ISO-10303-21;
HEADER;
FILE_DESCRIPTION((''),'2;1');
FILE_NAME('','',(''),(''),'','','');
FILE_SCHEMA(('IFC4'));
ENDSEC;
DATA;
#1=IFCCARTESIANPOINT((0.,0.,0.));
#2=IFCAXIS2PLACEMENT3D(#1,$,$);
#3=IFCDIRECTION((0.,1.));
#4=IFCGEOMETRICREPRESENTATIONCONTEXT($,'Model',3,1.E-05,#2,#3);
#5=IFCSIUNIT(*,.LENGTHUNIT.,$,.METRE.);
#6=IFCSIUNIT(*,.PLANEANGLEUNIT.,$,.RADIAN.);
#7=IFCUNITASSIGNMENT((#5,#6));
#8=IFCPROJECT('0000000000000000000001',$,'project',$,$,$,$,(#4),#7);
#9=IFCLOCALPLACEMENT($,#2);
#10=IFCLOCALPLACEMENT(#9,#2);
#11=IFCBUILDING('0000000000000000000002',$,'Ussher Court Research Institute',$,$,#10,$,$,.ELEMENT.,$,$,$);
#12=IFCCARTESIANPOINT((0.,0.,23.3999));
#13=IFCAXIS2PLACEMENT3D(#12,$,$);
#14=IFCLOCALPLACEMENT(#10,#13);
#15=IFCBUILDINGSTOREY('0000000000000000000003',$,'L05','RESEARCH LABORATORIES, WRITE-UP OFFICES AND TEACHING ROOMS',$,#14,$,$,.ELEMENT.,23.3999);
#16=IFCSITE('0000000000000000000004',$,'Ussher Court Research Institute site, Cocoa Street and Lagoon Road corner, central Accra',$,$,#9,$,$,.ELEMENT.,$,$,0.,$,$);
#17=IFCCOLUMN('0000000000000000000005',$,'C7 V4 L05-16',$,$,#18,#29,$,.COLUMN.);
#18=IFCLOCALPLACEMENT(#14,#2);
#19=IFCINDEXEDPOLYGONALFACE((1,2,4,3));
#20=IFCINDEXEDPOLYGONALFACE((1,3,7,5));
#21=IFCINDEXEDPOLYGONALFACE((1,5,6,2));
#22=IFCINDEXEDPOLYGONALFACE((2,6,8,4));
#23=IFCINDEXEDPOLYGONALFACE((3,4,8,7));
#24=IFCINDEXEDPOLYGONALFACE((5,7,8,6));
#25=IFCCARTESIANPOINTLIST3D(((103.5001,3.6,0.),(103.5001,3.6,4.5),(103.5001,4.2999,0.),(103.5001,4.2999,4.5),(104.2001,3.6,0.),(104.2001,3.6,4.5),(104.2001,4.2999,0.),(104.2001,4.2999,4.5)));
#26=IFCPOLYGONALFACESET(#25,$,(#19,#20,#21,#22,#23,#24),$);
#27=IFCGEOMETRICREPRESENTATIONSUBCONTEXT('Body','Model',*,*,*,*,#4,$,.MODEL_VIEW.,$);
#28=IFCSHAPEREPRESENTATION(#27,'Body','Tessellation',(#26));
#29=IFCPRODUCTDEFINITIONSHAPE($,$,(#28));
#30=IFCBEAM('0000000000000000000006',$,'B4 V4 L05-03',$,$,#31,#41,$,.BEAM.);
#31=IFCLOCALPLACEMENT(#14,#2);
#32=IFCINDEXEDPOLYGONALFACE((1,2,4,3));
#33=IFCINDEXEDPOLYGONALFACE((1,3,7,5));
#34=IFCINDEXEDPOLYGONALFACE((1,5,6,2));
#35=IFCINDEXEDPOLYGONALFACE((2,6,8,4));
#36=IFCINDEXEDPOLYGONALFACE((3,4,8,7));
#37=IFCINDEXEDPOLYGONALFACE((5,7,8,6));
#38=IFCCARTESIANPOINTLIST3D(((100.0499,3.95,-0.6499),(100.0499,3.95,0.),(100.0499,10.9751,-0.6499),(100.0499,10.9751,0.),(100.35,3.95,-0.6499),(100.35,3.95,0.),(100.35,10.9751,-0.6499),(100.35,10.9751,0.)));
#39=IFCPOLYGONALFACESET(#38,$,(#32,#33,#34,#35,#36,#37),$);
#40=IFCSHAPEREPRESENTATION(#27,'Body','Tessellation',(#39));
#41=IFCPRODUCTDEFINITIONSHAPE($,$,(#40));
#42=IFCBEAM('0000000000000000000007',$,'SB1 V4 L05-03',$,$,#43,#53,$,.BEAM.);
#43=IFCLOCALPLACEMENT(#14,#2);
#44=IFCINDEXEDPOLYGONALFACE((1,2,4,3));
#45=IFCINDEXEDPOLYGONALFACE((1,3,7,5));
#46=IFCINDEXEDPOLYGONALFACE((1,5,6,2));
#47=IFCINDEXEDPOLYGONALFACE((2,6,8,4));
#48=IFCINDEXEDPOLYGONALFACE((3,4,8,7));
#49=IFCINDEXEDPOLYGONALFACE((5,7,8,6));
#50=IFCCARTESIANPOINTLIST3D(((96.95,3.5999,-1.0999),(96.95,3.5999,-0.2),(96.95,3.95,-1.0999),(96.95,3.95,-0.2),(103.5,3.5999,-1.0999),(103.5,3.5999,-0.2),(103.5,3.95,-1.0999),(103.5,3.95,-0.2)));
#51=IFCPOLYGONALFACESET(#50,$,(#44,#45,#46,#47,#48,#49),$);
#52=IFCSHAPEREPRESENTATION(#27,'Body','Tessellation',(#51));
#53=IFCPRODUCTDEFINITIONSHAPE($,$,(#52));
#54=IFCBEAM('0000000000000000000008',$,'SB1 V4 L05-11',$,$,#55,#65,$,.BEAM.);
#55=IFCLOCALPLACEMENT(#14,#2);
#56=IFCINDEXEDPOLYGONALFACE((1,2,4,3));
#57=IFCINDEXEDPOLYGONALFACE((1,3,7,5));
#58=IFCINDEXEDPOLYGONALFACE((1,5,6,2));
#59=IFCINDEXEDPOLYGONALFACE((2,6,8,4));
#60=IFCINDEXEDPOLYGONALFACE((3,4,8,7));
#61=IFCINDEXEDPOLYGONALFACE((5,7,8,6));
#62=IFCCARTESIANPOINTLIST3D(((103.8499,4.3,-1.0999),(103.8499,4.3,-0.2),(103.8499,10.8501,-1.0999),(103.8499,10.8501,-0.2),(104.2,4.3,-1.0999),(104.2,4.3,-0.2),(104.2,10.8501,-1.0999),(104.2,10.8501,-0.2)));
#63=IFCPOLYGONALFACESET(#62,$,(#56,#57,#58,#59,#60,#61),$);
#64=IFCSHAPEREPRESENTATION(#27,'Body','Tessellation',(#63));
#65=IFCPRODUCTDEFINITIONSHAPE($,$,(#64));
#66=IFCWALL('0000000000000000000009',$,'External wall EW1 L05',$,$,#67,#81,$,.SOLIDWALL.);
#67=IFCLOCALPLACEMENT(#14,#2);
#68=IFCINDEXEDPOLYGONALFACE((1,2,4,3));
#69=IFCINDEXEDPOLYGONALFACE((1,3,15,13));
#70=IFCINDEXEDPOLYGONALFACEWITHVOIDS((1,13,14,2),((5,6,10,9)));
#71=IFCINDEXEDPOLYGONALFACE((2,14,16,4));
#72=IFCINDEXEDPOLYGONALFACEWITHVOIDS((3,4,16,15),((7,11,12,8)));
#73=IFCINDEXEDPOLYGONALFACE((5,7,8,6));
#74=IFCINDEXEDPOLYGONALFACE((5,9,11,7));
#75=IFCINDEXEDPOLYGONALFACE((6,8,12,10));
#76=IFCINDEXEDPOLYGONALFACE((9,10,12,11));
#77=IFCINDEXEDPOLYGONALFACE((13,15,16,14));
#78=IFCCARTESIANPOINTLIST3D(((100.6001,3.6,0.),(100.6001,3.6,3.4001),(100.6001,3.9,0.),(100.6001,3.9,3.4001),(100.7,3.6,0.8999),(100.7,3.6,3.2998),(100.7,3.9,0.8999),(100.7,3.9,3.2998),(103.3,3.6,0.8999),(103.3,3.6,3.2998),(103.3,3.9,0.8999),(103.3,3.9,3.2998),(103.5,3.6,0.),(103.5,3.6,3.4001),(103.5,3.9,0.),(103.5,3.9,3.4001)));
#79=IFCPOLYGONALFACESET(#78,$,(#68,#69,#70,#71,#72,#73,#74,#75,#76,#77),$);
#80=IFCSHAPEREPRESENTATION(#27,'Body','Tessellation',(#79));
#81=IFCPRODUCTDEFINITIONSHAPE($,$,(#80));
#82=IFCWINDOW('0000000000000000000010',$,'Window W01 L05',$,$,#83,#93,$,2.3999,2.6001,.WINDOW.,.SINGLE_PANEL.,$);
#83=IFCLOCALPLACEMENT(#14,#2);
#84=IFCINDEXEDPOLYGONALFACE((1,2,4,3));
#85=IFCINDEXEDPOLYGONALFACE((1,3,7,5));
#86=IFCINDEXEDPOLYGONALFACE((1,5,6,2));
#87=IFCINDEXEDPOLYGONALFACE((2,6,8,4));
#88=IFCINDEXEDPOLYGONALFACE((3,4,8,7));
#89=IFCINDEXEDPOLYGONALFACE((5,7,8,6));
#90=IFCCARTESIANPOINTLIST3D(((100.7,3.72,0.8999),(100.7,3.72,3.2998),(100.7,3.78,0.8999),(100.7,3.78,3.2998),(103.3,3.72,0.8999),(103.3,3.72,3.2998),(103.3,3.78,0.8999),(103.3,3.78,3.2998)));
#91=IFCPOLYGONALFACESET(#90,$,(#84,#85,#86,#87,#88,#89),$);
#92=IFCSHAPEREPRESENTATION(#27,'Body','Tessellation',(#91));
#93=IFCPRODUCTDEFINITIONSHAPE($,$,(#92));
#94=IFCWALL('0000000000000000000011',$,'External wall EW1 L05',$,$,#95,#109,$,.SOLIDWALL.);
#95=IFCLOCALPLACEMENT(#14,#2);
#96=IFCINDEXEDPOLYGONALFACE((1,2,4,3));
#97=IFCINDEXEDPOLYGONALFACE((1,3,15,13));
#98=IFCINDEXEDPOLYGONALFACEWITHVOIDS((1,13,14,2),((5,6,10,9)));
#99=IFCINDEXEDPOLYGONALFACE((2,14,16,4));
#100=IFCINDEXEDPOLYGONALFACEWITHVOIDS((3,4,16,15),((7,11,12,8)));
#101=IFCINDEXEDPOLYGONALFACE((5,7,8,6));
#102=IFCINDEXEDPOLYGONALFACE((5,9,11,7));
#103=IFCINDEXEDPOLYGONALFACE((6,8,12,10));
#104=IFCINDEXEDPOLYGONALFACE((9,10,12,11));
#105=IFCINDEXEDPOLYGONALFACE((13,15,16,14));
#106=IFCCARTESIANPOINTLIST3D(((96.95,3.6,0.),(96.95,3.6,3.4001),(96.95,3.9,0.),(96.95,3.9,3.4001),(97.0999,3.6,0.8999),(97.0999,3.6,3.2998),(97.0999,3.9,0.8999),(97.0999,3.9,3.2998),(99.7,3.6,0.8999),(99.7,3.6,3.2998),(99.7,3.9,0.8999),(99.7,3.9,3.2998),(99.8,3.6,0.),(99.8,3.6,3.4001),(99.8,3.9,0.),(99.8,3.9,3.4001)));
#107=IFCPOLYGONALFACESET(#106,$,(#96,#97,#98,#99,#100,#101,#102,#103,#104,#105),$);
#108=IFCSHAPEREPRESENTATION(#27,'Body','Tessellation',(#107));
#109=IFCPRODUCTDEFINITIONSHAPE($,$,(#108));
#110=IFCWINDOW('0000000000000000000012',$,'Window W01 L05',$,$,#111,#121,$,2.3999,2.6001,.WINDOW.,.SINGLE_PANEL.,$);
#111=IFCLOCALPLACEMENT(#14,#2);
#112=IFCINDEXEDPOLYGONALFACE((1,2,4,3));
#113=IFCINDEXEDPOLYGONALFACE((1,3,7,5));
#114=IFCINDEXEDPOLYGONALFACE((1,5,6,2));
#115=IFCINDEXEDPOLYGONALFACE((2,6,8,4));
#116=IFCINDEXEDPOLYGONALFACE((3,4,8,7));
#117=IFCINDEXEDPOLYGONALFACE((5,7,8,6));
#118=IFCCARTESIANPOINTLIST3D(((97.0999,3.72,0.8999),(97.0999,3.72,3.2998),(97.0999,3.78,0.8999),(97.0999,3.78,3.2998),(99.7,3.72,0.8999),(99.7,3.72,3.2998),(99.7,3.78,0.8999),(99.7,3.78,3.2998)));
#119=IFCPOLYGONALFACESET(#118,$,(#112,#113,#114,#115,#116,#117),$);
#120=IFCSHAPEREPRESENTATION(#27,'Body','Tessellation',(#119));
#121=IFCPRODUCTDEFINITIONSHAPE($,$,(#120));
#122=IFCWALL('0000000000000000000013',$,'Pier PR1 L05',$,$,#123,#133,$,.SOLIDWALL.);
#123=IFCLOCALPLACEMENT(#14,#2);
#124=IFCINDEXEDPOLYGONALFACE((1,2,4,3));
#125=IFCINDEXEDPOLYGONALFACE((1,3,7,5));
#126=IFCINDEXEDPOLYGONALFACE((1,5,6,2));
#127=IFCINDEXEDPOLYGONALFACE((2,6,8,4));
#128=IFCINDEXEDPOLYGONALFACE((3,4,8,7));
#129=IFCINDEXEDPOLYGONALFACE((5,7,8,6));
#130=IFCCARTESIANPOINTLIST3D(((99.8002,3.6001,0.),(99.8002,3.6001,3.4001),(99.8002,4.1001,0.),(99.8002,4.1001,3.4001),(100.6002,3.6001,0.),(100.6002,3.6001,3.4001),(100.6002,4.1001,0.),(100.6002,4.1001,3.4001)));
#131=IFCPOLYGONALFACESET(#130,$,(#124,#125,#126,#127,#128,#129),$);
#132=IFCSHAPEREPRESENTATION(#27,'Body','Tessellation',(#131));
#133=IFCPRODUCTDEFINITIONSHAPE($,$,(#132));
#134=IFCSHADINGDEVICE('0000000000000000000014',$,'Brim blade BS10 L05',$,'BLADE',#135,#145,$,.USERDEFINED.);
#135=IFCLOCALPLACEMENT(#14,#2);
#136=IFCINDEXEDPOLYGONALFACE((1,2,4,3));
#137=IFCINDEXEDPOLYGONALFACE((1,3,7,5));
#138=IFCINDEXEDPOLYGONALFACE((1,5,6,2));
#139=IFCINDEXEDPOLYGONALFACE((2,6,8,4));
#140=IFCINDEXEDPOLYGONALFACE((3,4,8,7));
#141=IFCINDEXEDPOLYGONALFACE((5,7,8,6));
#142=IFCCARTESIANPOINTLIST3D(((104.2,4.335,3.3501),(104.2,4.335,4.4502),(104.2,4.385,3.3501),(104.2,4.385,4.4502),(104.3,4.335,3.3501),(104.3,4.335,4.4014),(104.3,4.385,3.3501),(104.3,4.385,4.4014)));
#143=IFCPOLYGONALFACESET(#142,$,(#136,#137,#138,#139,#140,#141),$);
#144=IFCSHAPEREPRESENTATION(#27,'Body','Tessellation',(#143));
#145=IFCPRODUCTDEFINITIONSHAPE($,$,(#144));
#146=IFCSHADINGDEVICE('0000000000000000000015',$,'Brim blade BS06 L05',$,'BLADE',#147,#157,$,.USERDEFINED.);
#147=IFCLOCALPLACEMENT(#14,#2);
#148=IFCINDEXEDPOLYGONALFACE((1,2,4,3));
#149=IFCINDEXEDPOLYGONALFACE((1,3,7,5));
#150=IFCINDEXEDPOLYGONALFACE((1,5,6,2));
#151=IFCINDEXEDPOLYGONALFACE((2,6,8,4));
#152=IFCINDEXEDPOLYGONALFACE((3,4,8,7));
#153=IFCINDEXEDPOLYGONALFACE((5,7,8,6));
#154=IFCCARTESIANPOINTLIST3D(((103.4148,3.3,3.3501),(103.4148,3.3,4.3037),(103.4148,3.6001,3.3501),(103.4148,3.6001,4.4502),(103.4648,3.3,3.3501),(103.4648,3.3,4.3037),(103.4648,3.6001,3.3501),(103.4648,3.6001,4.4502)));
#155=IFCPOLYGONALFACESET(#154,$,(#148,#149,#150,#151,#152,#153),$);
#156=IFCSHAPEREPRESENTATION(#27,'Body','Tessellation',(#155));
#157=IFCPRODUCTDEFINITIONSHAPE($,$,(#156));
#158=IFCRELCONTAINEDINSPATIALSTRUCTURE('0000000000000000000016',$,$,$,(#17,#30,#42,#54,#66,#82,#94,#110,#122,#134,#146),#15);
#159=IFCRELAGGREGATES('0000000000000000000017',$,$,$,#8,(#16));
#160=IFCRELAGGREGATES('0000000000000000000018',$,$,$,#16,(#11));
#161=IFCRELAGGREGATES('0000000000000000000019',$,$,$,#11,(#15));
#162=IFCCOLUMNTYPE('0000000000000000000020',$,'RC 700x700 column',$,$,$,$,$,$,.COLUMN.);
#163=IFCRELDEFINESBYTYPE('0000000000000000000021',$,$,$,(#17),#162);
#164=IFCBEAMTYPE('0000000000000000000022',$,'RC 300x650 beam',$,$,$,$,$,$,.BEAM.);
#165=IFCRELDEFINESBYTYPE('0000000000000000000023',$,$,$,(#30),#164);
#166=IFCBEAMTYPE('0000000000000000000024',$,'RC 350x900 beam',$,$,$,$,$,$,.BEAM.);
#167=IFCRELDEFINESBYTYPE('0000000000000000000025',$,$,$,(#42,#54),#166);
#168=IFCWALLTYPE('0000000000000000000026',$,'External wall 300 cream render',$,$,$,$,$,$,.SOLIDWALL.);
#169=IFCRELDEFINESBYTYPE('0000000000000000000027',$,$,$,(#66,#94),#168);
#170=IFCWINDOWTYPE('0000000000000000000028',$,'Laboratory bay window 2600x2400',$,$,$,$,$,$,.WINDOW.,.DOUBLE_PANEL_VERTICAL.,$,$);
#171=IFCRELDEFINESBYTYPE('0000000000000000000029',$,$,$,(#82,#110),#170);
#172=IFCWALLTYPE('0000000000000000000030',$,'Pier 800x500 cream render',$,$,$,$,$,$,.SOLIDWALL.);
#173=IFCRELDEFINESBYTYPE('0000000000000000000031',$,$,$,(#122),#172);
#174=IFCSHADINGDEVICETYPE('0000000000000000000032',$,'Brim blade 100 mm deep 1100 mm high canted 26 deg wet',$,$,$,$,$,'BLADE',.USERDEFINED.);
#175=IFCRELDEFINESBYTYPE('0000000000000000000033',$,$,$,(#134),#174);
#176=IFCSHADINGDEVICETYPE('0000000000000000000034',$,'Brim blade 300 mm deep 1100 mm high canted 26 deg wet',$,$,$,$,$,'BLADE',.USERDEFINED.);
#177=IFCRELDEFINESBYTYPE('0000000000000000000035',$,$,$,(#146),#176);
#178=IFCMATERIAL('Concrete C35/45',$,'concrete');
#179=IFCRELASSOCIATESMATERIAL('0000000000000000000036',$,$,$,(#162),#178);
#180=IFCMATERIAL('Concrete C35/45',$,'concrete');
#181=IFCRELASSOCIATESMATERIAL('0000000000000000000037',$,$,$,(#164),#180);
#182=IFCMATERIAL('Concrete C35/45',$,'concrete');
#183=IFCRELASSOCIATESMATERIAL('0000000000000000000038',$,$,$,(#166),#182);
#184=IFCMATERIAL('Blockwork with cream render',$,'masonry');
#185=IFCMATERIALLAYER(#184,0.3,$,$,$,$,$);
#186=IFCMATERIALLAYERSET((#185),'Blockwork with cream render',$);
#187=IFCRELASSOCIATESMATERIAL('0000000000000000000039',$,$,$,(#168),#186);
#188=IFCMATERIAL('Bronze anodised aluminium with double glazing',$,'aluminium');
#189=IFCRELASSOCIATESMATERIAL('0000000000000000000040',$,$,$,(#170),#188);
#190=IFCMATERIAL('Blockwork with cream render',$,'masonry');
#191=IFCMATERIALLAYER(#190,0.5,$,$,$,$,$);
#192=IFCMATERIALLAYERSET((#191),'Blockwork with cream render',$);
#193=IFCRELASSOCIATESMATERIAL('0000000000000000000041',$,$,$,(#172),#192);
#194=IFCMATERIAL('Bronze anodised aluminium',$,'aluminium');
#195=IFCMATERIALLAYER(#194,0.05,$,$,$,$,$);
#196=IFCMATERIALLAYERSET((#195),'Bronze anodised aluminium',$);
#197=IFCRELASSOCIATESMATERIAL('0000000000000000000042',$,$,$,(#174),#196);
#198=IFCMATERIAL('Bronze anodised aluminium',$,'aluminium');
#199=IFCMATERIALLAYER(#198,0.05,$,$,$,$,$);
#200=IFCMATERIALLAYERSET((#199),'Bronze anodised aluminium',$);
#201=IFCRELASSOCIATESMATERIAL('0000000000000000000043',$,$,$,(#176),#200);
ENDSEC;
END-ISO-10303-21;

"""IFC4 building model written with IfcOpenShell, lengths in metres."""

from ifc_helpers import new_model, si_unit, direction, frame, frame_2d, origin, origin_2d, place, context, subcontext, project, spatial, polyline, rectangle, outline, extrude, material, layer, layer_set, material_profile, profile_set, type_object, element, fill, save


model = new_model("IFC4")

# Units and contexts
model_context = context("Model", 3, precision=1e-05, world=origin(), true_north=direction((0.0, 1.0)))
body_context = subcontext(model_context, "Body", "Model", "MODEL_VIEW")
ifc_project = project(units=[si_unit("LENGTHUNIT", "METRE"), si_unit("PLANEANGLEUNIT", "RADIAN")], contexts=[model_context])

# Site, building, storey
site_placement = place(None, origin())
site = spatial("IfcSite", under=ifc_project, at=site_placement, Name="Ussher Court Research Institute site, Cocoa Street and Lagoon Road corner, central Accra", CompositionType="ELEMENT", RefElevation=0.0)
building_placement = place(site_placement, origin())
building = spatial("IfcBuilding", under=site, at=building_placement, Name="Ussher Court Research Institute", CompositionType="ELEMENT")
storey_placement = place(building_placement, frame((0.0, 0.0, 23.3999)))
storey = spatial("IfcBuildingStorey", under=building, at=storey_placement, Name="L05", Description="RESEARCH LABORATORIES, WRITE-UP OFFICES AND TEACHING ROOMS", CompositionType="ELEMENT", Elevation=23.3999)

# Column
ifc_material_1 = material(Name="Concrete C35/45", Category="concrete")
ifc_material_profile_1 = material_profile(ifc_material_1, rectangle(XDim=0.7, YDim=0.7, at=origin_2d()), Name="RC 700x700")
ifc_profile_set_1 = profile_set([ifc_material_profile_1], Name="Concrete C35/45")
column_type = type_object("IfcColumnType", Name="RC 700x700 column", PredefinedType="COLUMN", material=ifc_profile_set_1)
column_placement = place(storey_placement, frame((103.8501, 3.95, 0.0), z_axis=(0.0, 0.0, 1.0), x_axis=(1.0, 0.0, 0.0)))
element("IfcColumn", 1, at=column_placement, inside=storey, type_object=column_type, Name="C7 V4 L05-16", PredefinedType="COLUMN", context=body_context, shape_type="SweptSolid", body=[
    extrude(rectangle(XDim=0.7, YDim=0.7, at=origin_2d()), origin(), (0.0, 0.0, 1.0), 4.5),
])

# Beams
ifc_material_2 = material(Name="Concrete C35/45", Category="concrete")
ifc_material_profile_2 = material_profile(ifc_material_2, rectangle(XDim=0.3, YDim=0.6499, at=origin_2d()), Name="RC 300x650")
ifc_profile_set_2 = profile_set([ifc_material_profile_2], Name="Concrete C35/45")
beam_type_1 = type_object("IfcBeamType", Name="RC 300x650 beam", PredefinedType="BEAM", material=ifc_profile_set_2)
beam_placement = place(storey_placement, frame((100.2, 3.95, -0.325), z_axis=(0.0, 1.0, 0.0), x_axis=(-1.0, 0.0, 0.0)))
element("IfcBeam", 2, at=beam_placement, inside=storey, type_object=beam_type_1, Name="B4 V4 L05-03", PredefinedType="BEAM", context=body_context, shape_type="SweptSolid", body=[
    extrude(rectangle(XDim=0.3, YDim=0.6499, at=origin_2d()), origin(), (0.0, 0.0, 1.0), 7.0251),
])
ifc_material_3 = material(Name="Concrete C35/45", Category="concrete")
ifc_material_profile_3 = material_profile(ifc_material_3, rectangle(XDim=0.3501, YDim=0.8999, at=origin_2d()), Name="RC 350x900")
ifc_profile_set_3 = profile_set([ifc_material_profile_3], Name="Concrete C35/45")
beam_type_2 = type_object("IfcBeamType", Name="RC 350x900 beam", PredefinedType="BEAM", material=ifc_profile_set_3)
for number, where, z_axis, x_axis, name in (
    (3, (96.95, 3.7749, -0.6499), (1.0, 0.0, 0.0), (0.0, 1.0, 0.0), "SB1 V4 L05-03"),
    (4, (104.0249, 4.3, -0.6499), (0.0, 1.0, 0.0), (-1.0, 0.0, 0.0), "SB1 V4 L05-11"),
):
    element("IfcBeam", number, at=place(storey_placement, frame(where, z_axis=z_axis, x_axis=x_axis)), inside=storey, type_object=beam_type_2, Name=name, PredefinedType="BEAM", context=body_context, shape_type="SweptSolid", body=[
        extrude(rectangle(XDim=0.3501, YDim=0.8999, at=origin_2d()), origin(), (0.0, 0.0, 1.0), 6.55),
    ])

# Walls, openings, windows
ifc_material_4 = material(Name="Blockwork with cream render", Category="masonry")
ifc_layer_1 = layer(ifc_material_4, 0.3)
ifc_layer_set_1 = layer_set([ifc_layer_1], Name="Blockwork with cream render")
wall_type_1 = type_object("IfcWallType", Name="External wall 300 cream render", PredefinedType="SOLIDWALL", material=ifc_layer_set_1)
wall_1_placement = place(storey_placement, frame((103.5, 3.75, 0.0), z_axis=(0.0, 0.0, 1.0), x_axis=(-1.0, 0.0, 0.0)))
wall_1 = element("IfcWall", 5, at=wall_1_placement, inside=storey, type_object=wall_type_1, Name="External wall EW1 L05", PredefinedType="SOLIDWALL", context=body_context, shape_type="SweptSolid", body=[
    extrude(rectangle(XDim=2.8999, YDim=0.3, at=frame_2d((1.45, 0.0))), origin(), (0.0, 0.0, 1.0), 3.4001),
])
opening_1_placement = place(wall_1_placement, frame((0.2, 0.0, 0.8999)))
opening_1 = element("IfcOpeningElement", 6, at=opening_1_placement, cuts=wall_1, PredefinedType="OPENING", context=body_context, shape_type="SweptSolid", body=[
    extrude(rectangle(XDim=2.6001, YDim=2.3999, at=frame_2d((1.3, 1.2))), frame((0.0, 0.1602, 0.0), z_axis=(0.0, -1.0, 0.0), x_axis=(1.0, 0.0, 0.0)), (0.0, 0.0, 1.0), 0.3201),
])
ifc_material_5 = material(Name="Bronze anodised aluminium with double glazing", Category="aluminium")
window_type = type_object("IfcWindowType", Name="Laboratory bay window 2600x2400", PartitioningType="DOUBLE_PANEL_VERTICAL", PredefinedType="WINDOW", material=ifc_material_5)
window_1_placement = place(opening_1_placement, origin())
window_1 = element("IfcWindow", 7, at=window_1_placement, inside=storey, type_object=window_type, Name="Window W01 L05", OverallHeight=2.3999, OverallWidth=2.6001, PartitioningType="SINGLE_PANEL", PredefinedType="WINDOW", context=body_context, shape_type="SweptSolid", body=[
    extrude(rectangle(XDim=2.6001, YDim=2.3999, at=frame_2d((1.3, 1.2))), frame((0.0, 0.03, 0.0), z_axis=(0.0, -1.0, 0.0), x_axis=(1.0, 0.0, 0.0)), (0.0, 0.0, 1.0), 0.0601),
])
fill(opening_1, window_1)
wall_2_placement = place(storey_placement, frame((99.8, 3.75, 0.0), z_axis=(0.0, 0.0, 1.0), x_axis=(-1.0, 0.0, 0.0)))
wall_2 = element("IfcWall", 8, at=wall_2_placement, inside=storey, type_object=wall_type_1, Name="External wall EW1 L05", PredefinedType="SOLIDWALL", context=body_context, shape_type="SweptSolid", body=[
    extrude(rectangle(XDim=2.8501, YDim=0.3, at=frame_2d((1.425, 0.0))), origin(), (0.0, 0.0, 1.0), 3.4001),
])
opening_2_placement = place(wall_2_placement, frame((0.1001, 0.0, 0.8999)))
opening_2 = element("IfcOpeningElement", 9, at=opening_2_placement, cuts=wall_2, PredefinedType="OPENING", context=body_context, shape_type="SweptSolid", body=[
    extrude(rectangle(XDim=2.6001, YDim=2.3999, at=frame_2d((1.3, 1.2))), frame((0.0, 0.1602, 0.0), z_axis=(0.0, -1.0, 0.0), x_axis=(1.0, 0.0, 0.0)), (0.0, 0.0, 1.0), 0.3201),
])
window_2_placement = place(opening_2_placement, origin())
window_2 = element("IfcWindow", 10, at=window_2_placement, inside=storey, type_object=window_type, Name="Window W01 L05", OverallHeight=2.3999, OverallWidth=2.6001, PartitioningType="SINGLE_PANEL", PredefinedType="WINDOW", context=body_context, shape_type="SweptSolid", body=[
    extrude(rectangle(XDim=2.6001, YDim=2.3999, at=frame_2d((1.3, 1.2))), frame((0.0, 0.03, 0.0), z_axis=(0.0, -1.0, 0.0), x_axis=(1.0, 0.0, 0.0)), (0.0, 0.0, 1.0), 0.0601),
])
fill(opening_2, window_2)

# Wall
ifc_material_6 = material(Name="Blockwork with cream render", Category="masonry")
ifc_layer_2 = layer(ifc_material_6, 0.5)
ifc_layer_set_2 = layer_set([ifc_layer_2], Name="Blockwork with cream render")
wall_type_2 = type_object("IfcWallType", Name="Pier 800x500 cream render", PredefinedType="SOLIDWALL", material=ifc_layer_set_2)
wall_3_placement = place(storey_placement, frame((100.6001, 3.8501, 0.0), z_axis=(0.0, 0.0, 1.0), x_axis=(-1.0, 0.0, 0.0)))
element("IfcWall", 11, at=wall_3_placement, inside=storey, type_object=wall_type_2, Name="Pier PR1 L05", PredefinedType="SOLIDWALL", context=body_context, shape_type="SweptSolid", body=[
    extrude(rectangle(XDim=0.8, YDim=0.5, at=frame_2d((0.3999, 0.0))), origin(), (0.0, 0.0, 1.0), 3.4001),
])

# Shading devices
ifc_material_7 = material(Name="Bronze anodised aluminium", Category="aluminium")
ifc_layer_3 = layer(ifc_material_7, 0.05)
ifc_layer_set_3 = layer_set([ifc_layer_3], Name="Bronze anodised aluminium")
shading_device_type_1 = type_object("IfcShadingDeviceType", Name="Brim blade 100 mm deep 1100 mm high canted 26 deg wet", ElementType="BLADE", PredefinedType="USERDEFINED", material=ifc_layer_set_3)
shading_device_1_placement = place(storey_placement, frame((104.2, 4.3601, 3.3501), z_axis=(0.0, 0.0, 1.0), x_axis=(1.0, 0.0, 0.0)))
element("IfcShadingDevice", 12, at=shading_device_1_placement, inside=storey, type_object=shading_device_type_1, Name="Brim blade BS10 L05", ObjectType="BLADE", PredefinedType="USERDEFINED", context=body_context, shape_type="SweptSolid", body=[
    extrude(outline(polyline([(0.0, 0.0), (0.1001, 0.0), (0.1001, 1.0513), (0.0, 1.1001), (0.0, 0.0)])), frame((0.0, 0.0249, 0.0), z_axis=(0.0, -1.0, 0.0), x_axis=(1.0, 0.0, 0.0)), (0.0, 0.0, 1.0), 0.05),
])
ifc_material_8 = material(Name="Bronze anodised aluminium", Category="aluminium")
ifc_layer_4 = layer(ifc_material_8, 0.05)
ifc_layer_set_4 = layer_set([ifc_layer_4], Name="Bronze anodised aluminium")
shading_device_type_2 = type_object("IfcShadingDeviceType", Name="Brim blade 300 mm deep 1100 mm high canted 26 deg wet", ElementType="BLADE", PredefinedType="USERDEFINED", material=ifc_layer_set_4)
shading_device_2_placement = place(storey_placement, frame((103.4399, 3.6001, 3.3501), z_axis=(0.0, 0.0, 1.0), x_axis=(0.0, -1.0, 0.0)))
element("IfcShadingDevice", 13, at=shading_device_2_placement, inside=storey, type_object=shading_device_type_2, Name="Brim blade BS06 L05", ObjectType="BLADE", PredefinedType="USERDEFINED", context=body_context, shape_type="SweptSolid", body=[
    extrude(outline(polyline([(0.0, 0.0), (0.3, 0.0), (0.3, 0.9536), (0.0, 1.1001), (0.0, 0.0)])), frame((0.0, 0.0249, 0.0), z_axis=(0.0, -1.0, 0.0), x_axis=(1.0, 0.0, 0.0)), (0.0, 0.0, 1.0), 0.05),
])

save(model, "model.ifc")
